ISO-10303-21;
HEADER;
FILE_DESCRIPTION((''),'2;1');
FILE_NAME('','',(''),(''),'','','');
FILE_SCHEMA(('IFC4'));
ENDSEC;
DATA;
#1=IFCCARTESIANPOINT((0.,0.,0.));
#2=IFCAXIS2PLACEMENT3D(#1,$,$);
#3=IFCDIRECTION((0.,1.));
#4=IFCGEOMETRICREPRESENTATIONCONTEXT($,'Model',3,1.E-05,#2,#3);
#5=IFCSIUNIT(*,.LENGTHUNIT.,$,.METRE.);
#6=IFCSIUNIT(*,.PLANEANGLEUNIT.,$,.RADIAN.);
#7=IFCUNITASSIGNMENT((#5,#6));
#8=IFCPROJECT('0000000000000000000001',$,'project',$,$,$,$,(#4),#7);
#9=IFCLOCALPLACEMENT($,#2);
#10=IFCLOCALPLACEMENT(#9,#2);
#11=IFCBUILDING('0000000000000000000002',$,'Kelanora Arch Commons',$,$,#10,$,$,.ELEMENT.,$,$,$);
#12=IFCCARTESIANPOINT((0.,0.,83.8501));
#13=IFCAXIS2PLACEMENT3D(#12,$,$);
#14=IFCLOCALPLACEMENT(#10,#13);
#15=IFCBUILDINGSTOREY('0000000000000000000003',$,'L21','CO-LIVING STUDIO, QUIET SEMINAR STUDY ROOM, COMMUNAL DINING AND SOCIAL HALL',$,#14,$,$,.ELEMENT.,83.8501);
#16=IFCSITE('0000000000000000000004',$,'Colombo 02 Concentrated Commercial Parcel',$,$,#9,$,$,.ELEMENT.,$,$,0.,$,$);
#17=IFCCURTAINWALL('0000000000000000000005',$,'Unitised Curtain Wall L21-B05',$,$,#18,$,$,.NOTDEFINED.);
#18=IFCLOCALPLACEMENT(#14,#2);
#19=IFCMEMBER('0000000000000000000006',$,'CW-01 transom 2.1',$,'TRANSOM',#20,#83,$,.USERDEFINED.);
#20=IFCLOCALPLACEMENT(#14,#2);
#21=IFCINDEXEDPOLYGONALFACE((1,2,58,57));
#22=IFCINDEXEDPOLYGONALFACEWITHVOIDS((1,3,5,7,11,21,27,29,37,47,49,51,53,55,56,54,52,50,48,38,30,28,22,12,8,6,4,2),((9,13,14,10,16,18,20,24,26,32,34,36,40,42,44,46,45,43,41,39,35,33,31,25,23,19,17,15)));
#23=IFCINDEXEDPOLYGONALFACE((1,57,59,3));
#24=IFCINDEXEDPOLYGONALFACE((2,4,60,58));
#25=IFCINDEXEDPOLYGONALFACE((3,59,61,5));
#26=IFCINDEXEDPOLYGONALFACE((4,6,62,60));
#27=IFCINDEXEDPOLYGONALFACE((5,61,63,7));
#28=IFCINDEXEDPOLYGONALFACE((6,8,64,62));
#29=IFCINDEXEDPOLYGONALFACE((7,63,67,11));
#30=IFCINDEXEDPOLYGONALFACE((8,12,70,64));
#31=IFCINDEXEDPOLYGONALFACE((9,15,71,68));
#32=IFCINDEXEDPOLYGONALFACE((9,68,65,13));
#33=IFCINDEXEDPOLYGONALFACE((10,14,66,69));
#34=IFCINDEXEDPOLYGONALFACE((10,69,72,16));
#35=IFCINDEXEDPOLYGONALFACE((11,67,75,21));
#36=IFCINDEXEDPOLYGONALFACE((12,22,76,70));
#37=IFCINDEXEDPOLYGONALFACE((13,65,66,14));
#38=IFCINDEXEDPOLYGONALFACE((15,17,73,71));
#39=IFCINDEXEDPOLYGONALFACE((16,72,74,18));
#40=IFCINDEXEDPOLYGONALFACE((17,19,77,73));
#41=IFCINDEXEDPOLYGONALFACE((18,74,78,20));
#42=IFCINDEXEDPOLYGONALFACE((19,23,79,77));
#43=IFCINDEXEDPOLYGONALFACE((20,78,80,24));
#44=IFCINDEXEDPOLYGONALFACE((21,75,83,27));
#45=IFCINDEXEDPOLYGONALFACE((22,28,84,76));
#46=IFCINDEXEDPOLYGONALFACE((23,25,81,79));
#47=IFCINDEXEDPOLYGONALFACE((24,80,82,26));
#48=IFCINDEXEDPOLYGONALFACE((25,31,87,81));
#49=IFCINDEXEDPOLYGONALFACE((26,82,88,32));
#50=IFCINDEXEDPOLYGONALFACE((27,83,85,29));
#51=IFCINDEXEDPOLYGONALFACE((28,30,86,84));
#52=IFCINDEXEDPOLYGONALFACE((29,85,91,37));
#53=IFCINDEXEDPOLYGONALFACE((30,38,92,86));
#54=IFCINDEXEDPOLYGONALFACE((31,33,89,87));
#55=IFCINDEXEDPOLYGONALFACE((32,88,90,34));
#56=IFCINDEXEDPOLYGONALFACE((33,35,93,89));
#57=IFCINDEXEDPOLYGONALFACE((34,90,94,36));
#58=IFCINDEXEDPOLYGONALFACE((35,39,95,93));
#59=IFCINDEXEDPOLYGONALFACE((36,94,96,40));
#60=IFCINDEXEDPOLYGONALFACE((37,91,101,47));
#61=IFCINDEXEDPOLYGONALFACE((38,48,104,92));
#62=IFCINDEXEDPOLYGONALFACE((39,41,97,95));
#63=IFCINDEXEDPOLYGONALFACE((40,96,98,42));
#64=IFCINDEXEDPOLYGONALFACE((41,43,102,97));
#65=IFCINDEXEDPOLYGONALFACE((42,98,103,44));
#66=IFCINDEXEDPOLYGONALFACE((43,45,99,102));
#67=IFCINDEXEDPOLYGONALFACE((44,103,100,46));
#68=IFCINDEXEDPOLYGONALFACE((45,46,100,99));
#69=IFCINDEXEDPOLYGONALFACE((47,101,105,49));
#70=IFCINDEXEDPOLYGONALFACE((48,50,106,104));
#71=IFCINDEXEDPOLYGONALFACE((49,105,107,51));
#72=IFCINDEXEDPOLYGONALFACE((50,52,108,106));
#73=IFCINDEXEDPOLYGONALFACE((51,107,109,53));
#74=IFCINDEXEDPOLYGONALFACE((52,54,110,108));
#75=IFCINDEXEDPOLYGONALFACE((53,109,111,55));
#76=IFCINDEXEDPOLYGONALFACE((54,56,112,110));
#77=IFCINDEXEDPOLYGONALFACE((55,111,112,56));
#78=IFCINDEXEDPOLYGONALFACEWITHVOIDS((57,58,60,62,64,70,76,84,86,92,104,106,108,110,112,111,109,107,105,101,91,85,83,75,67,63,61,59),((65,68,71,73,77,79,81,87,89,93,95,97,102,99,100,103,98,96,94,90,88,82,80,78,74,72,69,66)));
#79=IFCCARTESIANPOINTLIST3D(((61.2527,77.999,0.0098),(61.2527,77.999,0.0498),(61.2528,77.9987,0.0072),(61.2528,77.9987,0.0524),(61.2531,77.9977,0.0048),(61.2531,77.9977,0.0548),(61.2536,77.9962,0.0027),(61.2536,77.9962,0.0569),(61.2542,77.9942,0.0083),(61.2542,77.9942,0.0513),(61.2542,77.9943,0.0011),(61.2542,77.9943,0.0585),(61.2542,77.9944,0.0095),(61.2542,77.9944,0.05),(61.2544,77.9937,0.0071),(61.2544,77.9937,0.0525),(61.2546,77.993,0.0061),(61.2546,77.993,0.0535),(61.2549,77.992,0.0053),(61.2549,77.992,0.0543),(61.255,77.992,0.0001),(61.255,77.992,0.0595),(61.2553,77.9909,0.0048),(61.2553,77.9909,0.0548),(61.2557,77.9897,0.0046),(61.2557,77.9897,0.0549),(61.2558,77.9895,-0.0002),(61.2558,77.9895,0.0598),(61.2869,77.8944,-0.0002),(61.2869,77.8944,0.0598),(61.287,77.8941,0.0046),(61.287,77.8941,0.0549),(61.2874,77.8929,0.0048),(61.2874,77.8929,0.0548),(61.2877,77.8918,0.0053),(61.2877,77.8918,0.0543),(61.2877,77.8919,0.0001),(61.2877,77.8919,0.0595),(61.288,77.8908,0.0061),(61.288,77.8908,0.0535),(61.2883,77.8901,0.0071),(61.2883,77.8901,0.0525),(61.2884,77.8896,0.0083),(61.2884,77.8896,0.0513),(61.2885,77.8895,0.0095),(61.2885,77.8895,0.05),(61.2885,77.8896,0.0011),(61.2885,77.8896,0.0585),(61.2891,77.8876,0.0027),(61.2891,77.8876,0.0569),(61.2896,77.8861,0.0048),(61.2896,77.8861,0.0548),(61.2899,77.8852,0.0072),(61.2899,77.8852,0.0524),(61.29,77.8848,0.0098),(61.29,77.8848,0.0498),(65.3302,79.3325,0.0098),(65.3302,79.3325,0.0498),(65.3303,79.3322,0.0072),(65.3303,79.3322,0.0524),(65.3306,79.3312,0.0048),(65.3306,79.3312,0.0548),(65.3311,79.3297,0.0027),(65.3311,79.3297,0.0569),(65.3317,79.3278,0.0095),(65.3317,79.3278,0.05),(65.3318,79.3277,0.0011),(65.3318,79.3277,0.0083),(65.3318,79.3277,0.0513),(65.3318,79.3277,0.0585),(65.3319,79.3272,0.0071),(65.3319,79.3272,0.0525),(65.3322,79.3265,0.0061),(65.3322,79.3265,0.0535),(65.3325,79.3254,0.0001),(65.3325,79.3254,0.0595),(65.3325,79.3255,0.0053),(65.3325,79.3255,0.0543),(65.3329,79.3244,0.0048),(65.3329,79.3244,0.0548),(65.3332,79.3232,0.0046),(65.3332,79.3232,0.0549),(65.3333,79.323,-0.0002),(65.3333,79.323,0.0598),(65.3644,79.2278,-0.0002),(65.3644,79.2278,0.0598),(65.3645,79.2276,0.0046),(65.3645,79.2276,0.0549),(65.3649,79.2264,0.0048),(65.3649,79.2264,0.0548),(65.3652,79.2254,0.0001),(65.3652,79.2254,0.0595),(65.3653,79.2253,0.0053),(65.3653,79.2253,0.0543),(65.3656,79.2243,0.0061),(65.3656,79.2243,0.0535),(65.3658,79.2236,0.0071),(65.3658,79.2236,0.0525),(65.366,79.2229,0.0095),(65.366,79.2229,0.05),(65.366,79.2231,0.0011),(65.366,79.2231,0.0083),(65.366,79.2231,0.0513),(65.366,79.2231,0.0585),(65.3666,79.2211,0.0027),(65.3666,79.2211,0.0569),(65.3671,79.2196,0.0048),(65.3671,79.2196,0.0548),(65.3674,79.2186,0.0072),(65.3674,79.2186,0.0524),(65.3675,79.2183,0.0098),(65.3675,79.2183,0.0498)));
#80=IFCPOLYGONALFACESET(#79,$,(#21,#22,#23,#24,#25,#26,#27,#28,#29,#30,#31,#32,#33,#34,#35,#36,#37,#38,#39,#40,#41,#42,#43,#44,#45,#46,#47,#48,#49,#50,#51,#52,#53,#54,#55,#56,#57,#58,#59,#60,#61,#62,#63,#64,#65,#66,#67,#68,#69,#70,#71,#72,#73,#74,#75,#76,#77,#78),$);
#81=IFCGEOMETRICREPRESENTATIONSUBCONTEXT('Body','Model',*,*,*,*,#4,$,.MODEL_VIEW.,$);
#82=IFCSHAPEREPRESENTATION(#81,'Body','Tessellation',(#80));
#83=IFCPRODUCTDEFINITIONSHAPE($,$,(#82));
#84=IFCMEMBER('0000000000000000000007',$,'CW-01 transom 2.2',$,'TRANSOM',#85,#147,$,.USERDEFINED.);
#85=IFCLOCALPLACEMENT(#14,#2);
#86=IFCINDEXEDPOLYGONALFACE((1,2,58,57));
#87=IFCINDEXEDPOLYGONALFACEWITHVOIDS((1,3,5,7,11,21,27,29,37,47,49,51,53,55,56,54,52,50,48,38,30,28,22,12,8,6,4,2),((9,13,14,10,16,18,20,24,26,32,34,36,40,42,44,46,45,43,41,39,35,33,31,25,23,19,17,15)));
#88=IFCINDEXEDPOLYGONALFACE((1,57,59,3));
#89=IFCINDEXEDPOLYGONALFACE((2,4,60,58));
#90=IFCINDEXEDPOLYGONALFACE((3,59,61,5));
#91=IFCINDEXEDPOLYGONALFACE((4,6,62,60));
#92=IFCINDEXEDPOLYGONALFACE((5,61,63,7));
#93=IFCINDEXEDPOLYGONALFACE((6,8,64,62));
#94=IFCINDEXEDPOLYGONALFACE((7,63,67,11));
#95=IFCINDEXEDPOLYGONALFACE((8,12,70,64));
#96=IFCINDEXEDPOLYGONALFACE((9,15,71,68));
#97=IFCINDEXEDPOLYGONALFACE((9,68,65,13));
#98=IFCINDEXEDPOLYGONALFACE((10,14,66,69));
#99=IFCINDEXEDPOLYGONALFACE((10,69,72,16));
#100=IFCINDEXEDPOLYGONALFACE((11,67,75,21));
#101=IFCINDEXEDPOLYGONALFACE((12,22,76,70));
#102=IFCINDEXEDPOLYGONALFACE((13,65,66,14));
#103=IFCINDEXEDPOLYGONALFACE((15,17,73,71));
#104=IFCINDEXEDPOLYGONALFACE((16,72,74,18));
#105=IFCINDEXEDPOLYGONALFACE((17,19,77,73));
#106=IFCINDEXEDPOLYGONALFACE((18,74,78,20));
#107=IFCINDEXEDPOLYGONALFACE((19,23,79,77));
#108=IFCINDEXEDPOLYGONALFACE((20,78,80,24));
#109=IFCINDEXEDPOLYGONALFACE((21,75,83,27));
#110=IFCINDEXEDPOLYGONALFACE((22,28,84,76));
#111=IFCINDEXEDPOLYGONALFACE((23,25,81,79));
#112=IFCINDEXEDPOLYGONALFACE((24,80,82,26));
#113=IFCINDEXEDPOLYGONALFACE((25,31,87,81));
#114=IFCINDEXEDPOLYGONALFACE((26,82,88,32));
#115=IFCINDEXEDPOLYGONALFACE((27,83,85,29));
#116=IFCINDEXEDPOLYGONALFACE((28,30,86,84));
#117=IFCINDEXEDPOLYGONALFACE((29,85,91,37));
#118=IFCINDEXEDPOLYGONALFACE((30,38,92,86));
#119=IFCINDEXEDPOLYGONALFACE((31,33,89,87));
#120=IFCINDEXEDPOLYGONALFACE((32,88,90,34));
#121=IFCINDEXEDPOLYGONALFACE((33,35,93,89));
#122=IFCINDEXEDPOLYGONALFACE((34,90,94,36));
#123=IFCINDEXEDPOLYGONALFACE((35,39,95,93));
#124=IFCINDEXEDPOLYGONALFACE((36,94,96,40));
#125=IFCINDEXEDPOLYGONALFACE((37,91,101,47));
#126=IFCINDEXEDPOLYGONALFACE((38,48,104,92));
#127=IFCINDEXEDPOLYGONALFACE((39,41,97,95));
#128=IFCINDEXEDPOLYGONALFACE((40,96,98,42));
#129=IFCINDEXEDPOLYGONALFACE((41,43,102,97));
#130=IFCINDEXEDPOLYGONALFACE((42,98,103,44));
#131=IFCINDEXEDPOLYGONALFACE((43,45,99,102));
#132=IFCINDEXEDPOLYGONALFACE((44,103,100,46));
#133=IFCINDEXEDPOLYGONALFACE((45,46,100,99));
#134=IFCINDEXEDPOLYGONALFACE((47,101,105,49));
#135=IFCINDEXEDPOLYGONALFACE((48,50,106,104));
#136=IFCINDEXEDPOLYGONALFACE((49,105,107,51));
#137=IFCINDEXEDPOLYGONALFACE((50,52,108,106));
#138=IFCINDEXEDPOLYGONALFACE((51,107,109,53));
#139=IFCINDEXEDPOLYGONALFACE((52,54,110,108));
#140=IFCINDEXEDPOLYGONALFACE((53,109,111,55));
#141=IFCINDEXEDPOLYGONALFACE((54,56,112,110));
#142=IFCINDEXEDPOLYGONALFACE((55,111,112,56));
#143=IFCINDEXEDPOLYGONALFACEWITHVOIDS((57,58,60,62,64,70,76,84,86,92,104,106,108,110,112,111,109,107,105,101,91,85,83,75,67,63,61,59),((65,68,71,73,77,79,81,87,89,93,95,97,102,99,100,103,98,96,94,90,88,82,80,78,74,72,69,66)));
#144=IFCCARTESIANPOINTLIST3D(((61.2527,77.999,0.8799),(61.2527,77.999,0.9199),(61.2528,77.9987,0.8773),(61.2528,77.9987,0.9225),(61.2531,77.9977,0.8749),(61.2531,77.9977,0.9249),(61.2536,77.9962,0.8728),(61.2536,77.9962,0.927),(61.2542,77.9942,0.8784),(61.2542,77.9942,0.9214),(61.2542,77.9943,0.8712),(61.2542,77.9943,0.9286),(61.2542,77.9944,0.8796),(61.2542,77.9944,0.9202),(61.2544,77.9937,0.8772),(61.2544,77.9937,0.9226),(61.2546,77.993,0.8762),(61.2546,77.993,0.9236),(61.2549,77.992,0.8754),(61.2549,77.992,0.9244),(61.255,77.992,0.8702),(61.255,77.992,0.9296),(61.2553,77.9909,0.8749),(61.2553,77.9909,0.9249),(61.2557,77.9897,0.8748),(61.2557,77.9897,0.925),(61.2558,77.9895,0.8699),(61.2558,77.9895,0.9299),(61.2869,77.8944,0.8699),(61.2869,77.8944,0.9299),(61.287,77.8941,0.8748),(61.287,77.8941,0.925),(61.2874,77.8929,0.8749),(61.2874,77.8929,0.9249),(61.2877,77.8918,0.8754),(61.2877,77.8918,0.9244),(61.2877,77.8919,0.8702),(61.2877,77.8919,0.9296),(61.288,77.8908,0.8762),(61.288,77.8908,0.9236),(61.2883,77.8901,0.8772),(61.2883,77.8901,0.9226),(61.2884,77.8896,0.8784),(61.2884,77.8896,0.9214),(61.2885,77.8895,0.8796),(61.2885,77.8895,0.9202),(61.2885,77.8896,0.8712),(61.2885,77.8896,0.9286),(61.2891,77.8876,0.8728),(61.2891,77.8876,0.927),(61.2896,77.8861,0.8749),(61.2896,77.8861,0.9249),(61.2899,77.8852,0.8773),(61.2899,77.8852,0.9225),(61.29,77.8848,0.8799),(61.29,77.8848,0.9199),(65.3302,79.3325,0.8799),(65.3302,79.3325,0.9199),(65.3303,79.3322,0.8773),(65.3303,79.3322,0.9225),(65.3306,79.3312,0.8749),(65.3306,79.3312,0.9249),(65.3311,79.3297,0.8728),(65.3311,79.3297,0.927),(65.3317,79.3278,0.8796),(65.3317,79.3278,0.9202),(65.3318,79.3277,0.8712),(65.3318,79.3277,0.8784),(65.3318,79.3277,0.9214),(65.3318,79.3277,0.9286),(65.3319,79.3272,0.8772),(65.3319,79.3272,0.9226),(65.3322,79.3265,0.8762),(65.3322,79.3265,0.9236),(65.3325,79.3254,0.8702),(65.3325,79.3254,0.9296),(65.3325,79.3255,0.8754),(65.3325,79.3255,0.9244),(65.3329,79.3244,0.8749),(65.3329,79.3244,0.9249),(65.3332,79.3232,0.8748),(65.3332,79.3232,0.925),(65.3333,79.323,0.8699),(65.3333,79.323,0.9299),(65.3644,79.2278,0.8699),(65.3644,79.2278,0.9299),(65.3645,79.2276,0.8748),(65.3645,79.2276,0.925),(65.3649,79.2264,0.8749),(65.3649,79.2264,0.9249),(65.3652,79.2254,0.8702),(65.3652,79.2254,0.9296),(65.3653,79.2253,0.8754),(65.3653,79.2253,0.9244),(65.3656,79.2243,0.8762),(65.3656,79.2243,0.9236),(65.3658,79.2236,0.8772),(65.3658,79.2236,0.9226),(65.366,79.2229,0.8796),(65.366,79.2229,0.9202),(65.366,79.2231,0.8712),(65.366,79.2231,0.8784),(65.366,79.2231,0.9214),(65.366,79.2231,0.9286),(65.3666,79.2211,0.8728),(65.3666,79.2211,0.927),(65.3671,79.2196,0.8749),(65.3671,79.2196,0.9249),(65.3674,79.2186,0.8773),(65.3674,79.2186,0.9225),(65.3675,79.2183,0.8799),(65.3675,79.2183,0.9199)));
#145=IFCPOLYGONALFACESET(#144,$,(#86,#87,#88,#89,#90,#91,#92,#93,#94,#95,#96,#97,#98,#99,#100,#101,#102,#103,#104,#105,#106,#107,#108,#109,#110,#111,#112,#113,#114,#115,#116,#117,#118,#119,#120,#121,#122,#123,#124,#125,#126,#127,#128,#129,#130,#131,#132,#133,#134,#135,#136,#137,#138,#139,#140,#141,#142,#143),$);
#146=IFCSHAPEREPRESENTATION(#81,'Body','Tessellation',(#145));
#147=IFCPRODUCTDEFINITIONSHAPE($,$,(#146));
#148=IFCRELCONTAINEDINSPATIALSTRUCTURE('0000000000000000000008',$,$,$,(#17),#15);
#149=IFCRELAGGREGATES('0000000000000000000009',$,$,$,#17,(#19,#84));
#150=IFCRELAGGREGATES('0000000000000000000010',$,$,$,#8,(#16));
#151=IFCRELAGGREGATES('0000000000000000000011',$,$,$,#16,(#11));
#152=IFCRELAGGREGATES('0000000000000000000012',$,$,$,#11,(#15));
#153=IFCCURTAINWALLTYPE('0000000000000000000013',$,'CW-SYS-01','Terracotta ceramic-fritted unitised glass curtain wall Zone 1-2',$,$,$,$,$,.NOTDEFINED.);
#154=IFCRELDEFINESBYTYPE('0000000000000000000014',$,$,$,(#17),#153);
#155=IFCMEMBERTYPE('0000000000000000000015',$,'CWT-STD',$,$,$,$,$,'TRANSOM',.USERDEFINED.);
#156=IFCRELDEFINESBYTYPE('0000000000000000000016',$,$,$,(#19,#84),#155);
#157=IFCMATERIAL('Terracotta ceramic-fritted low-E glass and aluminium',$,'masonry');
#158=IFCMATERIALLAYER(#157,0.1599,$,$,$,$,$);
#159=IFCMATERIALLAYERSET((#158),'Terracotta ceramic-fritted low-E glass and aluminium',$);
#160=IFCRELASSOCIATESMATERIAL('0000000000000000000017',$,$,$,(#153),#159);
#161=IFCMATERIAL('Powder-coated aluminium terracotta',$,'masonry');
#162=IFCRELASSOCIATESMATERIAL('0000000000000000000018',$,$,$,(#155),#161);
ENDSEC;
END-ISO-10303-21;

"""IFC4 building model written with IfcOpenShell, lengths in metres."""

from ifc_helpers import new_model, si_unit, direction, frame, origin, origin_2d, place, context, subcontext, project, spatial, hollow_rectangle, extrude, material, layer, layer_set, material_profile, profile_set, type_object, element, aggregate, save


model = new_model("IFC4")

# Units and contexts
model_context = context("Model", 3, precision=1e-05, world=origin(), true_north=direction((0.0, 1.0)))
body_context = subcontext(model_context, "Body", "Model", "MODEL_VIEW")
ifc_project = project(units=[si_unit("LENGTHUNIT", "METRE"), si_unit("PLANEANGLEUNIT", "RADIAN")], contexts=[model_context])

# Site, building, storey
site_placement = place(None, origin())
site = spatial("IfcSite", under=ifc_project, at=site_placement, Name="Colombo 02 Concentrated Commercial Parcel", CompositionType="ELEMENT", RefElevation=0.0)
building_placement = place(site_placement, origin())
building = spatial("IfcBuilding", under=site, at=building_placement, Name="Kelanora Arch Commons", CompositionType="ELEMENT")
storey_placement = place(building_placement, frame((0.0, 0.0, 83.8501)))
storey = spatial("IfcBuildingStorey", under=building, at=storey_placement, Name="L21", Description="CO-LIVING STUDIO, QUIET SEMINAR STUDY ROOM, COMMUNAL DINING AND SOCIAL HALL", CompositionType="ELEMENT", Elevation=83.8501)

# Curtain wall, members
ifc_material_1 = material(Name="Terracotta ceramic-fritted low-E glass and aluminium", Category="masonry")
ifc_layer_1 = layer(ifc_material_1, 0.1599)
ifc_layer_set_1 = layer_set([ifc_layer_1], Name="Terracotta ceramic-fritted low-E glass and aluminium")
curtain_wall_type = type_object("IfcCurtainWallType", Name="CW-SYS-01", Description="Terracotta ceramic-fritted unitised glass curtain wall Zone 1-2", PredefinedType="NOTDEFINED", material=ifc_layer_set_1)
curtain_wall_placement = place(storey_placement, origin())
curtain_wall = element("IfcCurtainWall", 1, at=curtain_wall_placement, inside=storey, type_object=curtain_wall_type, Name="Unitised Curtain Wall L21-B05", PredefinedType="NOTDEFINED")
ifc_material_2 = material(Name="Powder-coated aluminium terracotta", Category="masonry")
ifc_material_profile_1 = material_profile(ifc_material_2, hollow_rectangle(XDim=0.1201, YDim=0.0601, WallThickness=0.0049, InnerFilletRadius=0.0049, OuterFilletRadius=0.01, at=origin_2d()), Name="CWT120x60")
ifc_profile_set_1 = profile_set([ifc_material_profile_1], Name="Powder-coated aluminium terracotta")
member_type_1 = type_object("IfcMemberType", Name="CWT-STD", ElementType="TRANSOM", PredefinedType="USERDEFINED", material=ifc_profile_set_1)
member_1_placement = place(storey_placement, frame((65.3489, 79.2754, 0.0298), z_axis=(-0.950466, -0.310828, 0.0), x_axis=(0.310828, -0.950466, 0.0)))
member_1 = element("IfcMember", 2, at=member_1_placement, type_object=member_type_1, Name="CW-01 transom 2.1", ObjectType="TRANSOM", PredefinedType="USERDEFINED", context=body_context, shape_type="SweptSolid", body=[
    extrude(hollow_rectangle(XDim=0.1201, YDim=0.0601, WallThickness=0.0049, InnerFilletRadius=0.0049, OuterFilletRadius=0.01, at=origin_2d()), origin(), (0.0, 0.0, 1.0), 4.29),
])
member_2_placement = place(storey_placement, frame((65.3489, 79.2754, 0.8999), z_axis=(-0.950466, -0.310828, 0.0), x_axis=(0.310828, -0.950466, 0.0)))
member_2 = element("IfcMember", 3, at=member_2_placement, type_object=member_type_1, Name="CW-01 transom 2.2", ObjectType="TRANSOM", PredefinedType="USERDEFINED", context=body_context, shape_type="SweptSolid", body=[
    extrude(hollow_rectangle(XDim=0.1201, YDim=0.0601, WallThickness=0.0049, InnerFilletRadius=0.0049, OuterFilletRadius=0.01, at=origin_2d()), origin(), (0.0, 0.0, 1.0), 4.29),
])
aggregate(curtain_wall, [member_1, member_2])

save(model, "model.ifc")
